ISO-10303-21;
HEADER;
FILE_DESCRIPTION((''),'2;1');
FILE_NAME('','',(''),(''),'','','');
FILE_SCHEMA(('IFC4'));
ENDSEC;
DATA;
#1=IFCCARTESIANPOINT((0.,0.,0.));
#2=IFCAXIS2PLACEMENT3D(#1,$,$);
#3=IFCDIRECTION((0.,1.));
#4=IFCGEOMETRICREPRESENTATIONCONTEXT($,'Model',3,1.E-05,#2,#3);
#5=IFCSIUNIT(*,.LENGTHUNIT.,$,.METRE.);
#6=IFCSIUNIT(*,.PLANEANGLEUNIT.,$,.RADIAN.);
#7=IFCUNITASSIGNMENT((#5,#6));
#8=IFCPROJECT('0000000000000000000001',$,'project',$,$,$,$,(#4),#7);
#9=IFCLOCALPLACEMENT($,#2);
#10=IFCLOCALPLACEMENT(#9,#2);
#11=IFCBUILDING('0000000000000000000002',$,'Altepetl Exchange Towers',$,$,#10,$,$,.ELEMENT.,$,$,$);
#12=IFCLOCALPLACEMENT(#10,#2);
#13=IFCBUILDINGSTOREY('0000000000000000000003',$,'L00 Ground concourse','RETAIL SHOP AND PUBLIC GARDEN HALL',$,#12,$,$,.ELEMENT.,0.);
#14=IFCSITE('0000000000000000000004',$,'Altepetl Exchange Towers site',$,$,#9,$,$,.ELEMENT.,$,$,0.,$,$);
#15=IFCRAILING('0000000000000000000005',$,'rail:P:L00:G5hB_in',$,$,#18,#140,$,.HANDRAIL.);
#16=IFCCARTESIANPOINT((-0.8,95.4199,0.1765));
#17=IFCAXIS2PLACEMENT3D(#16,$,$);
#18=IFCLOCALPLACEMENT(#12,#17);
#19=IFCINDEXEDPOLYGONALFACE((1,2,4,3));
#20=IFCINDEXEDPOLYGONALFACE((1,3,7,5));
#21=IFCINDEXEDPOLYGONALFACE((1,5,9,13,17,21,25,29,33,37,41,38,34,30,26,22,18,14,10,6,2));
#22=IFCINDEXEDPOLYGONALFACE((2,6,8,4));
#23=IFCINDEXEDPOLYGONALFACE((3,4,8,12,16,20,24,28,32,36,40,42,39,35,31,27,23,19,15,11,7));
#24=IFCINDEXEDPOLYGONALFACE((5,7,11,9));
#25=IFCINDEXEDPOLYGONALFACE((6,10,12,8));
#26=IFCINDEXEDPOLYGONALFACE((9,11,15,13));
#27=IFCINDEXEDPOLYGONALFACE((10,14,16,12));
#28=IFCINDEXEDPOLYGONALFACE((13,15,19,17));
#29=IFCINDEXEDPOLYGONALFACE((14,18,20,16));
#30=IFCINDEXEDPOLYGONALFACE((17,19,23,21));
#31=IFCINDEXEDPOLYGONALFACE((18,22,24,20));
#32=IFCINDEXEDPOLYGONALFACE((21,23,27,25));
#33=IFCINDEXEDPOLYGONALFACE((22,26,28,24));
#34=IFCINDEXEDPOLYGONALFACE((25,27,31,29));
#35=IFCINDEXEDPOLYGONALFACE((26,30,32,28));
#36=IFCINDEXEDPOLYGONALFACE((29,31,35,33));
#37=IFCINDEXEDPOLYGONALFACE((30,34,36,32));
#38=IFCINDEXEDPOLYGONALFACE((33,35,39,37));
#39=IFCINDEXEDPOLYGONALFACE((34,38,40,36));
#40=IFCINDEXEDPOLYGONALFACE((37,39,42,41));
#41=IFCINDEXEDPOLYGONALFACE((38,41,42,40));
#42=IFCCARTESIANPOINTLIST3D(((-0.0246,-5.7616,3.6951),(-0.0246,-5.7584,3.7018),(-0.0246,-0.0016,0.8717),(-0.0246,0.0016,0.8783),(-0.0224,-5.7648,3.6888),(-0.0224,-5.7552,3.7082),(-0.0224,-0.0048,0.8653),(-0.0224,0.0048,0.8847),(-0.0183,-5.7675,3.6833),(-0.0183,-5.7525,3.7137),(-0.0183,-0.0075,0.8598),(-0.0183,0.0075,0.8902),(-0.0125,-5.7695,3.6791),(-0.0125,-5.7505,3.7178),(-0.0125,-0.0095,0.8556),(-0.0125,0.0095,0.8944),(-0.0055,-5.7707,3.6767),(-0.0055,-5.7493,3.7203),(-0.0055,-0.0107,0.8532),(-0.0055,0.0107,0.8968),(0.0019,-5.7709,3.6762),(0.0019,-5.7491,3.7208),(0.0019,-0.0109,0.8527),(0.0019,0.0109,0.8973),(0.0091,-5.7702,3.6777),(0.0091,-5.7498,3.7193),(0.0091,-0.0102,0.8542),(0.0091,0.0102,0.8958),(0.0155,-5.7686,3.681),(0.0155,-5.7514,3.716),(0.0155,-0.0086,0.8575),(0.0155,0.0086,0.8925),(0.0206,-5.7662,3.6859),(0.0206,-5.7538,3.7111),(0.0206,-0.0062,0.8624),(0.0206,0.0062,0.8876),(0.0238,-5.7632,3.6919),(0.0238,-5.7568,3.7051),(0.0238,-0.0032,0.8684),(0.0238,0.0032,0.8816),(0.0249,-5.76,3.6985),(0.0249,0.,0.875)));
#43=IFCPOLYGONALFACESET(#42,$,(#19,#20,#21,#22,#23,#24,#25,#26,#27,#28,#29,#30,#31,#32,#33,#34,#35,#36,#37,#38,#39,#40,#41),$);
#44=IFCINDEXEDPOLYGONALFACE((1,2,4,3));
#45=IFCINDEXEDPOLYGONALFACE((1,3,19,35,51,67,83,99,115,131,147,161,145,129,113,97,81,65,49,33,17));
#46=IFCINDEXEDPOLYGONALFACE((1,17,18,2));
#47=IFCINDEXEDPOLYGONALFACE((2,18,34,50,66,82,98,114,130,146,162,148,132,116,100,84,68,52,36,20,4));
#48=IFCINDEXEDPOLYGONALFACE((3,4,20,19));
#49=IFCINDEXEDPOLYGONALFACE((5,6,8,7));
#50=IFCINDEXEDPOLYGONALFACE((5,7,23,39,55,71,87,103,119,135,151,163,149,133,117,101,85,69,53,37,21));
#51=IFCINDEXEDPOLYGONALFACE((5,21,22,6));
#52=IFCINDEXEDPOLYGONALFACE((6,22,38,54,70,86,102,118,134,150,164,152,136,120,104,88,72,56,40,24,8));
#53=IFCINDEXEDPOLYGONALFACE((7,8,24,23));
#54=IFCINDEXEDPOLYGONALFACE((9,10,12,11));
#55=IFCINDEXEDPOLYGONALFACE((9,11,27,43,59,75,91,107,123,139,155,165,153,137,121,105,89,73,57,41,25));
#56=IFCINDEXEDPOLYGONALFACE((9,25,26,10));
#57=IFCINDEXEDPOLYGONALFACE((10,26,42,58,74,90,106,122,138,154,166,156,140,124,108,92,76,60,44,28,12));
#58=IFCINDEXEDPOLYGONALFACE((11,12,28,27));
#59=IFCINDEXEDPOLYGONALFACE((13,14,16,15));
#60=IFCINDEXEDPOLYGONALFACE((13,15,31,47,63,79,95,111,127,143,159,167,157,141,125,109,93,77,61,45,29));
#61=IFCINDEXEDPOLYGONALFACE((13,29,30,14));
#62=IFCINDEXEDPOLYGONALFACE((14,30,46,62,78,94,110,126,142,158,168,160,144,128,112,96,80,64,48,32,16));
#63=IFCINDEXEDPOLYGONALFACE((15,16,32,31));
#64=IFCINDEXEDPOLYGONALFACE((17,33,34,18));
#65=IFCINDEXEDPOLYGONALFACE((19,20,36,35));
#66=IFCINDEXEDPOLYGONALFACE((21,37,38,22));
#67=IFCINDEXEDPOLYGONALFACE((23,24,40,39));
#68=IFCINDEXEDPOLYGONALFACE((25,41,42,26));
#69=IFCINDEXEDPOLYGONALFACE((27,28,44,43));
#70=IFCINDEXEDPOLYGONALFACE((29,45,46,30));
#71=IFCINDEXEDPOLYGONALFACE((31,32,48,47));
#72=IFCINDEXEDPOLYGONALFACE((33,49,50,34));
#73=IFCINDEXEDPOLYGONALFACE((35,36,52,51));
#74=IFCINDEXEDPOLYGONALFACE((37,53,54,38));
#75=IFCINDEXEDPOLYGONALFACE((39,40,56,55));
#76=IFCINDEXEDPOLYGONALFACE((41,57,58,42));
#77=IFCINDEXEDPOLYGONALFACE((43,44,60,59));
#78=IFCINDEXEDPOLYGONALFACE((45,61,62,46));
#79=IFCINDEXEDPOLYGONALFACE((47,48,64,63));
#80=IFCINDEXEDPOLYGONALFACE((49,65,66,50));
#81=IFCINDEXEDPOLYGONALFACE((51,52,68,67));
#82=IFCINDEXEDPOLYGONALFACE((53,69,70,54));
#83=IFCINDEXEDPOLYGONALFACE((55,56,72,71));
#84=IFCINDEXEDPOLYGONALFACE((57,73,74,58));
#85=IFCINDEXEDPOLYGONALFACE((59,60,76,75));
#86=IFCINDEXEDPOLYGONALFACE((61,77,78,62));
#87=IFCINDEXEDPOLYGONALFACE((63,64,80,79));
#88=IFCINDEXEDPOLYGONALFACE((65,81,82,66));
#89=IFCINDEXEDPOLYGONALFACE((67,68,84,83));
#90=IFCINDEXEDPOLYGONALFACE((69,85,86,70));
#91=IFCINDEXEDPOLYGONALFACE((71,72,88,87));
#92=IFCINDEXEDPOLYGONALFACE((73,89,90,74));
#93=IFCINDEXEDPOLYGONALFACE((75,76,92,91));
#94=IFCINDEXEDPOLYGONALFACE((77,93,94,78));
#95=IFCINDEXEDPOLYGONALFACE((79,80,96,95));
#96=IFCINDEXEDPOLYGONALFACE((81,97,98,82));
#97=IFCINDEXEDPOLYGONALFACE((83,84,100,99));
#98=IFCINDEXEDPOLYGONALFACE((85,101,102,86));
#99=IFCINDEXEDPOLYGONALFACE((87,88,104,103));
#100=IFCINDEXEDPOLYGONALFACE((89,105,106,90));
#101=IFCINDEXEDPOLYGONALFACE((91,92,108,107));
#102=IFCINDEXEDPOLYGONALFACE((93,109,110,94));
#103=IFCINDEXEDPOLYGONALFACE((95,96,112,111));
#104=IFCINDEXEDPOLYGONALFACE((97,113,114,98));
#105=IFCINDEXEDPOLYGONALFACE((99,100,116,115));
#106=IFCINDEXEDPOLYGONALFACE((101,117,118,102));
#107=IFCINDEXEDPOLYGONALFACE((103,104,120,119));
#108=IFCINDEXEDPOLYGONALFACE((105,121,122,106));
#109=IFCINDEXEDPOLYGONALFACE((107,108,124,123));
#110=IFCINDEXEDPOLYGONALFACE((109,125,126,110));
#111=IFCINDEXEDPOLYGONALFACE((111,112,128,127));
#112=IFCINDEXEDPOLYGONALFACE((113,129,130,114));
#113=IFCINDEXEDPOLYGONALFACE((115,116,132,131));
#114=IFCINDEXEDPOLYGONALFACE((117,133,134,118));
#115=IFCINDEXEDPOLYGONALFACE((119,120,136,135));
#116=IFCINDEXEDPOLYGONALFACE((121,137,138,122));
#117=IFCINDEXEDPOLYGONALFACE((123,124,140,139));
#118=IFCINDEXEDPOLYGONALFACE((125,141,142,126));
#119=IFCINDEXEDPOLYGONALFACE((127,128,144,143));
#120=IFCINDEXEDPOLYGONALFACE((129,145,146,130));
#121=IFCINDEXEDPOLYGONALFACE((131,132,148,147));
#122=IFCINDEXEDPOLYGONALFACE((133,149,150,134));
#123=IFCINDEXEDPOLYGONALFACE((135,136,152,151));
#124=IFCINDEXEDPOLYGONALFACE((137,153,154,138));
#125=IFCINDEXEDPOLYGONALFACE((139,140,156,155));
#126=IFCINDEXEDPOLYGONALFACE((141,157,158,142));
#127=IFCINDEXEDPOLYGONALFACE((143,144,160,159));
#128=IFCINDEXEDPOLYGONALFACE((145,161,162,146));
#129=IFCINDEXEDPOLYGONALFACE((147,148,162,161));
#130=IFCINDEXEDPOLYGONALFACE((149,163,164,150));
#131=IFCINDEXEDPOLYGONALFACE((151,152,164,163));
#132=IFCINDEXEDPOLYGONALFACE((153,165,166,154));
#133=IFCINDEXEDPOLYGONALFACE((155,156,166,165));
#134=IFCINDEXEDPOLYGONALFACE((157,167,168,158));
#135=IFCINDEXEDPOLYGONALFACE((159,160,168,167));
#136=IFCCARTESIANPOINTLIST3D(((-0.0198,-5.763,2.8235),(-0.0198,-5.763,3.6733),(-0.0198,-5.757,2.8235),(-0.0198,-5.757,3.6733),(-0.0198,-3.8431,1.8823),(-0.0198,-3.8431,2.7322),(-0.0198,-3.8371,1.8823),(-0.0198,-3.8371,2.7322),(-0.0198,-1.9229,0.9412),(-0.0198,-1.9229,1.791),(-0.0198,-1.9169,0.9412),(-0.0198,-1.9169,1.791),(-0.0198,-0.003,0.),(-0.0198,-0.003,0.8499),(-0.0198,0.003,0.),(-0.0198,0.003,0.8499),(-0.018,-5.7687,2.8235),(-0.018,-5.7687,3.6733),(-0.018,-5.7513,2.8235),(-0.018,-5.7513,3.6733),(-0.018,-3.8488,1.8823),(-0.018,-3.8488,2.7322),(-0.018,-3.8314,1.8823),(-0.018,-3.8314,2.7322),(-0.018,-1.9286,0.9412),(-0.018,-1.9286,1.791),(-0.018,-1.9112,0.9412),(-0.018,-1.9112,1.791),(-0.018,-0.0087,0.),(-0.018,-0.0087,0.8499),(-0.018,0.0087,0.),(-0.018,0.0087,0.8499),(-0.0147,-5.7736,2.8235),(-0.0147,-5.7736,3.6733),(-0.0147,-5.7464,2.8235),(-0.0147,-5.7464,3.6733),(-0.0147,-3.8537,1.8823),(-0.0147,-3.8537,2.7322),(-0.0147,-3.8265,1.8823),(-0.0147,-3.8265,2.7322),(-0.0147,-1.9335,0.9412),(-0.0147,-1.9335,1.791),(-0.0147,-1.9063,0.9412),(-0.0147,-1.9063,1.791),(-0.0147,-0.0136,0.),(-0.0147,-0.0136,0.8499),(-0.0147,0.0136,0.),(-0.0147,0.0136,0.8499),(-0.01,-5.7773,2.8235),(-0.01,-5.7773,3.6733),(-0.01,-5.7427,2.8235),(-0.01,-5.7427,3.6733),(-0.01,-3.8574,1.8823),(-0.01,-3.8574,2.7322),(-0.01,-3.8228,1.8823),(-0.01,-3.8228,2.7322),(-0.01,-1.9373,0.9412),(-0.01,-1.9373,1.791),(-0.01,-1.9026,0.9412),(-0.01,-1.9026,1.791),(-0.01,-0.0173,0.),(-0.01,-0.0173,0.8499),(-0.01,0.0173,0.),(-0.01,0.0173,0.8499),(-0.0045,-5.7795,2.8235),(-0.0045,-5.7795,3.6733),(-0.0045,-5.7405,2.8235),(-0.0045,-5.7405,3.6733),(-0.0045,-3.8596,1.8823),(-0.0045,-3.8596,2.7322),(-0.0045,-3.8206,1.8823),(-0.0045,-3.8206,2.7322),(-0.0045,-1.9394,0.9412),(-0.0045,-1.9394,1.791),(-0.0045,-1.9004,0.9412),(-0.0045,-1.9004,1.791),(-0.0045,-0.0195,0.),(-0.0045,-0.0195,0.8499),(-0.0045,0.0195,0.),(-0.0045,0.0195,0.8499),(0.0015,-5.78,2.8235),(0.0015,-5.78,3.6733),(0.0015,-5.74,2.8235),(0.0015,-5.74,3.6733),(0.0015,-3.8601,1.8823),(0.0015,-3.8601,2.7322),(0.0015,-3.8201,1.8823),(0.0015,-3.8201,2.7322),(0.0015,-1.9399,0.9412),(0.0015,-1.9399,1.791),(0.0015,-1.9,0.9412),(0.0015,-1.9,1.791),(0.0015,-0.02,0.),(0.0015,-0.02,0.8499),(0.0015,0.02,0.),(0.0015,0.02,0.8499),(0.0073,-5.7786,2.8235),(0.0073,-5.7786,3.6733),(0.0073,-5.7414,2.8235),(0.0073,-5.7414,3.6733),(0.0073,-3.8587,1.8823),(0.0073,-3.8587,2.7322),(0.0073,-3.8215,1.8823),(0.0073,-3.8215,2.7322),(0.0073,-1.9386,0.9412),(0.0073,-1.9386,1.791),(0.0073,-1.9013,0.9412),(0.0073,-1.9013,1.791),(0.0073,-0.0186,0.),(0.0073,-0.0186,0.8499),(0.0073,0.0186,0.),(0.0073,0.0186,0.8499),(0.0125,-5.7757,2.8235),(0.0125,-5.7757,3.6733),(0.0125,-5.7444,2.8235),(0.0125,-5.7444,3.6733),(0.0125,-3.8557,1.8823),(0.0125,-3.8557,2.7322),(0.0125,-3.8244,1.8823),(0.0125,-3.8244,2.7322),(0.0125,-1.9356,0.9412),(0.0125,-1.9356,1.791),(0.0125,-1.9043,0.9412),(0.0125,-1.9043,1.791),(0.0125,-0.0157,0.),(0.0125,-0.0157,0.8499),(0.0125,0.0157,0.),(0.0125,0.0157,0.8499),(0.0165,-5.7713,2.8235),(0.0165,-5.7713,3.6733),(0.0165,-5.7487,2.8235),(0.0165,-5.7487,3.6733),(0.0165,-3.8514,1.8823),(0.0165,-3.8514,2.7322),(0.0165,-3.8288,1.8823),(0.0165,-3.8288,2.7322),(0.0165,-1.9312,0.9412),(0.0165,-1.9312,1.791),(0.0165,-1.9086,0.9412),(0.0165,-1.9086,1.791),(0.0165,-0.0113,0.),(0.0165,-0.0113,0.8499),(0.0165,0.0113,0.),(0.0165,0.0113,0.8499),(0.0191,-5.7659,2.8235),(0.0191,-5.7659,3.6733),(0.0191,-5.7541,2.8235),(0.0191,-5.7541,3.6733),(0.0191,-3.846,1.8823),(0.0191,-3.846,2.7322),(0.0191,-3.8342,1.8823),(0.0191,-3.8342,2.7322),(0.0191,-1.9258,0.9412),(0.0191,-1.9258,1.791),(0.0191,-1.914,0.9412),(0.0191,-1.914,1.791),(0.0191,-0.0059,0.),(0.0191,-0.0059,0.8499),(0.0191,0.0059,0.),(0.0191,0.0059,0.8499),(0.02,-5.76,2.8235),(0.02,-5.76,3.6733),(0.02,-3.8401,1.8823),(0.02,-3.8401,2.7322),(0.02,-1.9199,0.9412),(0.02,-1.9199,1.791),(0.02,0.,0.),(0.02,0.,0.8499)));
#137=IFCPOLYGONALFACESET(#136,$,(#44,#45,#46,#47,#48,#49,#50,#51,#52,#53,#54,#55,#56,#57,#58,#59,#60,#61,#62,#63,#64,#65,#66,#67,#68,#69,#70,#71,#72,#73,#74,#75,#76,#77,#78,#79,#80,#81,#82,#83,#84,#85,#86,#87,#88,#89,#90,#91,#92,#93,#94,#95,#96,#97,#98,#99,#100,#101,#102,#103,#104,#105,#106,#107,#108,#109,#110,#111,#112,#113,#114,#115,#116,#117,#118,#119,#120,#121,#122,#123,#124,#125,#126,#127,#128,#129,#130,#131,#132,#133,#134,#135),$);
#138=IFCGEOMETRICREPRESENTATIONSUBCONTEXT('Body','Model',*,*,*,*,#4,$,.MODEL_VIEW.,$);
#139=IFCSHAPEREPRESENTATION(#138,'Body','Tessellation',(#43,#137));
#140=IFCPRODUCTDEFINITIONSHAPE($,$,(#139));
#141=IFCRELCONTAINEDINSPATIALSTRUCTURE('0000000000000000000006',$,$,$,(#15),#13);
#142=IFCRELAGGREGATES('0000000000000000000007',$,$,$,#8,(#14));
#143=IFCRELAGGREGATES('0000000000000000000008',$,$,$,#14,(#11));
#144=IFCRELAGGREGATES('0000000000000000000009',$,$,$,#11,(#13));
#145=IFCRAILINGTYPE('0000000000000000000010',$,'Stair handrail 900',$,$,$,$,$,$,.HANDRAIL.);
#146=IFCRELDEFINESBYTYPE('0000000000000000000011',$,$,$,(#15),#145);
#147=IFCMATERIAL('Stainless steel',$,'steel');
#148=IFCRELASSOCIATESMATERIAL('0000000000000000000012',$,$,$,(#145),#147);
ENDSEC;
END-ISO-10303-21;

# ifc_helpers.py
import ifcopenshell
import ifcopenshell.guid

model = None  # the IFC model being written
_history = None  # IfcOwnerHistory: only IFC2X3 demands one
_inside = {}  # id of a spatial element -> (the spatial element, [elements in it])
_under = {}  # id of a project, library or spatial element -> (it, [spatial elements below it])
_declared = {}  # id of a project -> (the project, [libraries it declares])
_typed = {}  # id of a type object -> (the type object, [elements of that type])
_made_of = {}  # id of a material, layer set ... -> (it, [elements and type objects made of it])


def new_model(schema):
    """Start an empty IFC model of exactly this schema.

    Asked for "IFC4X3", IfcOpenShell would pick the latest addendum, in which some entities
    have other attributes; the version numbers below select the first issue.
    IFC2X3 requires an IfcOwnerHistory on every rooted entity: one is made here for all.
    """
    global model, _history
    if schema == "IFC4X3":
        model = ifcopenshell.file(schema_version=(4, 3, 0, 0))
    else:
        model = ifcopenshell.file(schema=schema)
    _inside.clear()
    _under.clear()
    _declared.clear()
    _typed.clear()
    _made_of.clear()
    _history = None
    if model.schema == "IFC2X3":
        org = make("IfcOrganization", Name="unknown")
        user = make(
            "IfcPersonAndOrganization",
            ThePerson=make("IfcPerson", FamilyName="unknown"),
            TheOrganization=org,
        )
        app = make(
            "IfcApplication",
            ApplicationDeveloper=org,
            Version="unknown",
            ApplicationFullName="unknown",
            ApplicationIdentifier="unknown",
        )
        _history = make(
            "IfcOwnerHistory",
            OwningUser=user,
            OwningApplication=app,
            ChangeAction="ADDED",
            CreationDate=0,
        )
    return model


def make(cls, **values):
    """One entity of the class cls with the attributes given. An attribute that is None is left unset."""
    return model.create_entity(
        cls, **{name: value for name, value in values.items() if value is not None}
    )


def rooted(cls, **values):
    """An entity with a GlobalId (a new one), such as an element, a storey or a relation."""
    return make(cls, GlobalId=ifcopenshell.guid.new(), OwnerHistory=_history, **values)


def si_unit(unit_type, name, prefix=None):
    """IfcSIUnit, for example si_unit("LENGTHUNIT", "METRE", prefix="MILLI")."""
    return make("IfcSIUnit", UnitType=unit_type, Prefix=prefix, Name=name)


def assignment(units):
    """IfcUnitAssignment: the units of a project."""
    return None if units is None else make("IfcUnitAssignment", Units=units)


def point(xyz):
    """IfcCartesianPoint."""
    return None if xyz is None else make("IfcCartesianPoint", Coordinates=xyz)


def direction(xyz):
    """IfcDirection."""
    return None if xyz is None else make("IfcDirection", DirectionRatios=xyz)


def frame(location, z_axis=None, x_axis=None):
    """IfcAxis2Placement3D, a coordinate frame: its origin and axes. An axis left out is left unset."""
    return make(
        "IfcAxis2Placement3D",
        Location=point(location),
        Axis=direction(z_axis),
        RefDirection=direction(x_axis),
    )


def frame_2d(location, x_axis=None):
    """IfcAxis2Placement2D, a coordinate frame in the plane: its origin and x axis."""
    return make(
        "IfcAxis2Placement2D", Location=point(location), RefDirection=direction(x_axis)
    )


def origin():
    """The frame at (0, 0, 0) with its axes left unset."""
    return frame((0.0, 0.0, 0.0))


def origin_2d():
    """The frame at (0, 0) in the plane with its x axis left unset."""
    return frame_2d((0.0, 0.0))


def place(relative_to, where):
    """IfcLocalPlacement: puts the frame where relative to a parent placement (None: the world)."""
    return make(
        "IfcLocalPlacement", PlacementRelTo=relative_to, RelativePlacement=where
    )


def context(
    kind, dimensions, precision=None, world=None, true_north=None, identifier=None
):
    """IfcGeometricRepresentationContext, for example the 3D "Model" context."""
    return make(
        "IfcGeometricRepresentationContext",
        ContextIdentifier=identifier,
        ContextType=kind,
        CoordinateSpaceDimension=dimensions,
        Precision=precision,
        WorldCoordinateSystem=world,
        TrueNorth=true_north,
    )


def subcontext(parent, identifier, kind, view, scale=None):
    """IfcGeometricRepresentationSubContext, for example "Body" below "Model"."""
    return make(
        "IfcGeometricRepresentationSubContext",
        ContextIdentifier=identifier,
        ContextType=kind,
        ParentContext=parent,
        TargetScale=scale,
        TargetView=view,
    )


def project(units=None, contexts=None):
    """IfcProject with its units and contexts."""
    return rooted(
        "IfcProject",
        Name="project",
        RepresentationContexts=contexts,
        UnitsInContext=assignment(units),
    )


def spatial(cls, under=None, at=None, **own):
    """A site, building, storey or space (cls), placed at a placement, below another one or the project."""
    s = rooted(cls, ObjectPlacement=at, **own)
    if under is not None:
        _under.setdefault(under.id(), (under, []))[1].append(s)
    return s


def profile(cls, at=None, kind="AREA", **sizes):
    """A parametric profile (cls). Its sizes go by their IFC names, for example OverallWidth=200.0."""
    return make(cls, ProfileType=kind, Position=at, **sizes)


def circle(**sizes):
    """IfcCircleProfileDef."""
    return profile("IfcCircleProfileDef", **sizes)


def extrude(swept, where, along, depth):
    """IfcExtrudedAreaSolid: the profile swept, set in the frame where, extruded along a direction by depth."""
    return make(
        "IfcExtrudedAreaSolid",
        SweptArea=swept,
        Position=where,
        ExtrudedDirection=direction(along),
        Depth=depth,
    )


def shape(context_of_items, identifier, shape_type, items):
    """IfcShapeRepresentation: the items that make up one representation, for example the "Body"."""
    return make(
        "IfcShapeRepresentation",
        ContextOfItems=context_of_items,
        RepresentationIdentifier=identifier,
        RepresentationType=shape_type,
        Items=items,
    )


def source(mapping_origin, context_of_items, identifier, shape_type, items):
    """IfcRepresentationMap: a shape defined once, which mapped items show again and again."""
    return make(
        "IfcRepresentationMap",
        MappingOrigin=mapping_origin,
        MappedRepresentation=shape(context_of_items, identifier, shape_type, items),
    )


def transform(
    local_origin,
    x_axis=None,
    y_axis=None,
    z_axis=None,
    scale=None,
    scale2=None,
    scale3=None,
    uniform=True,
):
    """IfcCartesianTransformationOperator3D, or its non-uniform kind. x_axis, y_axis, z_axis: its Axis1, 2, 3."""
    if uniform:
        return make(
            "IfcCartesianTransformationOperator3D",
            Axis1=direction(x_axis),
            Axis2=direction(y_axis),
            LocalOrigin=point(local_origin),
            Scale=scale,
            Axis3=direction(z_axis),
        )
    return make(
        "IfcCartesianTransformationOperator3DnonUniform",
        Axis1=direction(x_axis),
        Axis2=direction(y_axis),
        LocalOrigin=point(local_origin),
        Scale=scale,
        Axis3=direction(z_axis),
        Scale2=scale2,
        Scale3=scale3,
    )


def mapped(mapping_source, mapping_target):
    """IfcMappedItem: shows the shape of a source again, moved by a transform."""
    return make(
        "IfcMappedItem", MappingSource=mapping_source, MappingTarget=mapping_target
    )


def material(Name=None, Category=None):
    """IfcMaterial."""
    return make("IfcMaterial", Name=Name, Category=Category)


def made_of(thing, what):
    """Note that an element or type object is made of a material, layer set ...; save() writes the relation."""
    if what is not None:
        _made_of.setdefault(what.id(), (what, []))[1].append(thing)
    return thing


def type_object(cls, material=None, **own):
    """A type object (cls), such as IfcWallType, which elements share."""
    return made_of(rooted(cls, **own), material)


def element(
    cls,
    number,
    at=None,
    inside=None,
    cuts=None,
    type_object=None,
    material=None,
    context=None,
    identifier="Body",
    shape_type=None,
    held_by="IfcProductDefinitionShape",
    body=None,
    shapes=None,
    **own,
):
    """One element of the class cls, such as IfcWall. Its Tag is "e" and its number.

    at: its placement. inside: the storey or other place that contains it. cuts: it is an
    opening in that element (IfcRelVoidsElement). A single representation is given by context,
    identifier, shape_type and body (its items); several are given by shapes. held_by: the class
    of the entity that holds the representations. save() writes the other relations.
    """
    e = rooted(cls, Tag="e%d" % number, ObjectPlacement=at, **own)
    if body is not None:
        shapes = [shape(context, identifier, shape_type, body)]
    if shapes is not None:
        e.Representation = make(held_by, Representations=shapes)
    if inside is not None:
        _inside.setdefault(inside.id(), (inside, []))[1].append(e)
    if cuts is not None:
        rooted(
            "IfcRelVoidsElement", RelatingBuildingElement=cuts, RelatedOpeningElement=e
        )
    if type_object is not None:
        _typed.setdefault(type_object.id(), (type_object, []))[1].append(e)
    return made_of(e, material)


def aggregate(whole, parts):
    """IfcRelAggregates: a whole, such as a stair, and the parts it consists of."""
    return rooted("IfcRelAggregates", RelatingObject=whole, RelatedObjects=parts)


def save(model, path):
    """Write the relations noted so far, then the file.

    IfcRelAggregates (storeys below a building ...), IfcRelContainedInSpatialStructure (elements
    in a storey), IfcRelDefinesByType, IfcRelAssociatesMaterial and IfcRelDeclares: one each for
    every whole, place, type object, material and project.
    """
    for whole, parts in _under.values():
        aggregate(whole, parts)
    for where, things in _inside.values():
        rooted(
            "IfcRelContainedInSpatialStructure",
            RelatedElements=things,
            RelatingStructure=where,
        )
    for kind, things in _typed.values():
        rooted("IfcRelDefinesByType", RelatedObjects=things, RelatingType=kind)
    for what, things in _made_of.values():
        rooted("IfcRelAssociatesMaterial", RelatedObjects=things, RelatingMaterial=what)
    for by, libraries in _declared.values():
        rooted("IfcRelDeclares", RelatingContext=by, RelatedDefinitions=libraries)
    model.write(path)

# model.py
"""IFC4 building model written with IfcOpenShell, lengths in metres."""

from ifc_helpers import new_model, si_unit, direction, frame, origin, origin_2d, place, context, subcontext, project, spatial, circle, extrude, source, transform, mapped, material, type_object, element, save


model = new_model("IFC4")

# Units and contexts
model_context = context("Model", 3, precision=1e-05, world=origin(), true_north=direction((0.0, 1.0)))
body_context = subcontext(model_context, "Body", "Model", "MODEL_VIEW")
ifc_project = project(units=[si_unit("LENGTHUNIT", "METRE"), si_unit("PLANEANGLEUNIT", "RADIAN")], contexts=[model_context])

# Site, building, storey
site_placement = place(None, origin())
site = spatial("IfcSite", under=ifc_project, at=site_placement, Name="Altepetl Exchange Towers site", CompositionType="ELEMENT", RefElevation=0.0)
building_placement = place(site_placement, origin())
building = spatial("IfcBuilding", under=site, at=building_placement, Name="Altepetl Exchange Towers", CompositionType="ELEMENT")
storey_placement = place(building_placement, origin())
storey = spatial("IfcBuildingStorey", under=building, at=storey_placement, Name="L00 Ground concourse", Description="RETAIL SHOP AND PUBLIC GARDEN HALL", CompositionType="ELEMENT", Elevation=0.0)

# Railing
ifc_material_1 = material(Name="Stainless steel", Category="steel")
railing_type_1 = type_object("IfcRailingType", Name="Stair handrail 900", PredefinedType="HANDRAIL", material=ifc_material_1)
shared_shape_1 = source(origin(), body_context, "Body", "SweptSolid", [
    extrude(circle(Radius=0.02, at=origin_2d()), origin(), (0.0, 0.0, 1.0), 0.8499),
])
for number, where, name in (
    (1, (-0.8, 95.4199, 0.1765), "rail:P:L00:G5hB_in"),
):
    element("IfcRailing", number, at=place(storey_placement, frame(where)), inside=storey, type_object=railing_type_1, Name=name, PredefinedType="HANDRAIL", context=body_context, shape_type="SweptSolid", body=[
        extrude(circle(Radius=0.0249, at=origin_2d()), frame((0.0, 0.0, 0.875), z_axis=(0.0, -0.897924, 0.440151), x_axis=(1.0, 0.0, 0.0)), (0.0, 0.0, 1.0), 6.4148),
        mapped(shared_shape_1, transform((0.0, 0.0, 0.0))),
        mapped(shared_shape_1, transform((0.0, -1.9199, 0.9412))),
        mapped(shared_shape_1, transform((0.0, -3.8401, 1.8823))),
        mapped(shared_shape_1, transform((0.0, -5.76, 2.8235))),
    ])

save(model, "model.ifc")
